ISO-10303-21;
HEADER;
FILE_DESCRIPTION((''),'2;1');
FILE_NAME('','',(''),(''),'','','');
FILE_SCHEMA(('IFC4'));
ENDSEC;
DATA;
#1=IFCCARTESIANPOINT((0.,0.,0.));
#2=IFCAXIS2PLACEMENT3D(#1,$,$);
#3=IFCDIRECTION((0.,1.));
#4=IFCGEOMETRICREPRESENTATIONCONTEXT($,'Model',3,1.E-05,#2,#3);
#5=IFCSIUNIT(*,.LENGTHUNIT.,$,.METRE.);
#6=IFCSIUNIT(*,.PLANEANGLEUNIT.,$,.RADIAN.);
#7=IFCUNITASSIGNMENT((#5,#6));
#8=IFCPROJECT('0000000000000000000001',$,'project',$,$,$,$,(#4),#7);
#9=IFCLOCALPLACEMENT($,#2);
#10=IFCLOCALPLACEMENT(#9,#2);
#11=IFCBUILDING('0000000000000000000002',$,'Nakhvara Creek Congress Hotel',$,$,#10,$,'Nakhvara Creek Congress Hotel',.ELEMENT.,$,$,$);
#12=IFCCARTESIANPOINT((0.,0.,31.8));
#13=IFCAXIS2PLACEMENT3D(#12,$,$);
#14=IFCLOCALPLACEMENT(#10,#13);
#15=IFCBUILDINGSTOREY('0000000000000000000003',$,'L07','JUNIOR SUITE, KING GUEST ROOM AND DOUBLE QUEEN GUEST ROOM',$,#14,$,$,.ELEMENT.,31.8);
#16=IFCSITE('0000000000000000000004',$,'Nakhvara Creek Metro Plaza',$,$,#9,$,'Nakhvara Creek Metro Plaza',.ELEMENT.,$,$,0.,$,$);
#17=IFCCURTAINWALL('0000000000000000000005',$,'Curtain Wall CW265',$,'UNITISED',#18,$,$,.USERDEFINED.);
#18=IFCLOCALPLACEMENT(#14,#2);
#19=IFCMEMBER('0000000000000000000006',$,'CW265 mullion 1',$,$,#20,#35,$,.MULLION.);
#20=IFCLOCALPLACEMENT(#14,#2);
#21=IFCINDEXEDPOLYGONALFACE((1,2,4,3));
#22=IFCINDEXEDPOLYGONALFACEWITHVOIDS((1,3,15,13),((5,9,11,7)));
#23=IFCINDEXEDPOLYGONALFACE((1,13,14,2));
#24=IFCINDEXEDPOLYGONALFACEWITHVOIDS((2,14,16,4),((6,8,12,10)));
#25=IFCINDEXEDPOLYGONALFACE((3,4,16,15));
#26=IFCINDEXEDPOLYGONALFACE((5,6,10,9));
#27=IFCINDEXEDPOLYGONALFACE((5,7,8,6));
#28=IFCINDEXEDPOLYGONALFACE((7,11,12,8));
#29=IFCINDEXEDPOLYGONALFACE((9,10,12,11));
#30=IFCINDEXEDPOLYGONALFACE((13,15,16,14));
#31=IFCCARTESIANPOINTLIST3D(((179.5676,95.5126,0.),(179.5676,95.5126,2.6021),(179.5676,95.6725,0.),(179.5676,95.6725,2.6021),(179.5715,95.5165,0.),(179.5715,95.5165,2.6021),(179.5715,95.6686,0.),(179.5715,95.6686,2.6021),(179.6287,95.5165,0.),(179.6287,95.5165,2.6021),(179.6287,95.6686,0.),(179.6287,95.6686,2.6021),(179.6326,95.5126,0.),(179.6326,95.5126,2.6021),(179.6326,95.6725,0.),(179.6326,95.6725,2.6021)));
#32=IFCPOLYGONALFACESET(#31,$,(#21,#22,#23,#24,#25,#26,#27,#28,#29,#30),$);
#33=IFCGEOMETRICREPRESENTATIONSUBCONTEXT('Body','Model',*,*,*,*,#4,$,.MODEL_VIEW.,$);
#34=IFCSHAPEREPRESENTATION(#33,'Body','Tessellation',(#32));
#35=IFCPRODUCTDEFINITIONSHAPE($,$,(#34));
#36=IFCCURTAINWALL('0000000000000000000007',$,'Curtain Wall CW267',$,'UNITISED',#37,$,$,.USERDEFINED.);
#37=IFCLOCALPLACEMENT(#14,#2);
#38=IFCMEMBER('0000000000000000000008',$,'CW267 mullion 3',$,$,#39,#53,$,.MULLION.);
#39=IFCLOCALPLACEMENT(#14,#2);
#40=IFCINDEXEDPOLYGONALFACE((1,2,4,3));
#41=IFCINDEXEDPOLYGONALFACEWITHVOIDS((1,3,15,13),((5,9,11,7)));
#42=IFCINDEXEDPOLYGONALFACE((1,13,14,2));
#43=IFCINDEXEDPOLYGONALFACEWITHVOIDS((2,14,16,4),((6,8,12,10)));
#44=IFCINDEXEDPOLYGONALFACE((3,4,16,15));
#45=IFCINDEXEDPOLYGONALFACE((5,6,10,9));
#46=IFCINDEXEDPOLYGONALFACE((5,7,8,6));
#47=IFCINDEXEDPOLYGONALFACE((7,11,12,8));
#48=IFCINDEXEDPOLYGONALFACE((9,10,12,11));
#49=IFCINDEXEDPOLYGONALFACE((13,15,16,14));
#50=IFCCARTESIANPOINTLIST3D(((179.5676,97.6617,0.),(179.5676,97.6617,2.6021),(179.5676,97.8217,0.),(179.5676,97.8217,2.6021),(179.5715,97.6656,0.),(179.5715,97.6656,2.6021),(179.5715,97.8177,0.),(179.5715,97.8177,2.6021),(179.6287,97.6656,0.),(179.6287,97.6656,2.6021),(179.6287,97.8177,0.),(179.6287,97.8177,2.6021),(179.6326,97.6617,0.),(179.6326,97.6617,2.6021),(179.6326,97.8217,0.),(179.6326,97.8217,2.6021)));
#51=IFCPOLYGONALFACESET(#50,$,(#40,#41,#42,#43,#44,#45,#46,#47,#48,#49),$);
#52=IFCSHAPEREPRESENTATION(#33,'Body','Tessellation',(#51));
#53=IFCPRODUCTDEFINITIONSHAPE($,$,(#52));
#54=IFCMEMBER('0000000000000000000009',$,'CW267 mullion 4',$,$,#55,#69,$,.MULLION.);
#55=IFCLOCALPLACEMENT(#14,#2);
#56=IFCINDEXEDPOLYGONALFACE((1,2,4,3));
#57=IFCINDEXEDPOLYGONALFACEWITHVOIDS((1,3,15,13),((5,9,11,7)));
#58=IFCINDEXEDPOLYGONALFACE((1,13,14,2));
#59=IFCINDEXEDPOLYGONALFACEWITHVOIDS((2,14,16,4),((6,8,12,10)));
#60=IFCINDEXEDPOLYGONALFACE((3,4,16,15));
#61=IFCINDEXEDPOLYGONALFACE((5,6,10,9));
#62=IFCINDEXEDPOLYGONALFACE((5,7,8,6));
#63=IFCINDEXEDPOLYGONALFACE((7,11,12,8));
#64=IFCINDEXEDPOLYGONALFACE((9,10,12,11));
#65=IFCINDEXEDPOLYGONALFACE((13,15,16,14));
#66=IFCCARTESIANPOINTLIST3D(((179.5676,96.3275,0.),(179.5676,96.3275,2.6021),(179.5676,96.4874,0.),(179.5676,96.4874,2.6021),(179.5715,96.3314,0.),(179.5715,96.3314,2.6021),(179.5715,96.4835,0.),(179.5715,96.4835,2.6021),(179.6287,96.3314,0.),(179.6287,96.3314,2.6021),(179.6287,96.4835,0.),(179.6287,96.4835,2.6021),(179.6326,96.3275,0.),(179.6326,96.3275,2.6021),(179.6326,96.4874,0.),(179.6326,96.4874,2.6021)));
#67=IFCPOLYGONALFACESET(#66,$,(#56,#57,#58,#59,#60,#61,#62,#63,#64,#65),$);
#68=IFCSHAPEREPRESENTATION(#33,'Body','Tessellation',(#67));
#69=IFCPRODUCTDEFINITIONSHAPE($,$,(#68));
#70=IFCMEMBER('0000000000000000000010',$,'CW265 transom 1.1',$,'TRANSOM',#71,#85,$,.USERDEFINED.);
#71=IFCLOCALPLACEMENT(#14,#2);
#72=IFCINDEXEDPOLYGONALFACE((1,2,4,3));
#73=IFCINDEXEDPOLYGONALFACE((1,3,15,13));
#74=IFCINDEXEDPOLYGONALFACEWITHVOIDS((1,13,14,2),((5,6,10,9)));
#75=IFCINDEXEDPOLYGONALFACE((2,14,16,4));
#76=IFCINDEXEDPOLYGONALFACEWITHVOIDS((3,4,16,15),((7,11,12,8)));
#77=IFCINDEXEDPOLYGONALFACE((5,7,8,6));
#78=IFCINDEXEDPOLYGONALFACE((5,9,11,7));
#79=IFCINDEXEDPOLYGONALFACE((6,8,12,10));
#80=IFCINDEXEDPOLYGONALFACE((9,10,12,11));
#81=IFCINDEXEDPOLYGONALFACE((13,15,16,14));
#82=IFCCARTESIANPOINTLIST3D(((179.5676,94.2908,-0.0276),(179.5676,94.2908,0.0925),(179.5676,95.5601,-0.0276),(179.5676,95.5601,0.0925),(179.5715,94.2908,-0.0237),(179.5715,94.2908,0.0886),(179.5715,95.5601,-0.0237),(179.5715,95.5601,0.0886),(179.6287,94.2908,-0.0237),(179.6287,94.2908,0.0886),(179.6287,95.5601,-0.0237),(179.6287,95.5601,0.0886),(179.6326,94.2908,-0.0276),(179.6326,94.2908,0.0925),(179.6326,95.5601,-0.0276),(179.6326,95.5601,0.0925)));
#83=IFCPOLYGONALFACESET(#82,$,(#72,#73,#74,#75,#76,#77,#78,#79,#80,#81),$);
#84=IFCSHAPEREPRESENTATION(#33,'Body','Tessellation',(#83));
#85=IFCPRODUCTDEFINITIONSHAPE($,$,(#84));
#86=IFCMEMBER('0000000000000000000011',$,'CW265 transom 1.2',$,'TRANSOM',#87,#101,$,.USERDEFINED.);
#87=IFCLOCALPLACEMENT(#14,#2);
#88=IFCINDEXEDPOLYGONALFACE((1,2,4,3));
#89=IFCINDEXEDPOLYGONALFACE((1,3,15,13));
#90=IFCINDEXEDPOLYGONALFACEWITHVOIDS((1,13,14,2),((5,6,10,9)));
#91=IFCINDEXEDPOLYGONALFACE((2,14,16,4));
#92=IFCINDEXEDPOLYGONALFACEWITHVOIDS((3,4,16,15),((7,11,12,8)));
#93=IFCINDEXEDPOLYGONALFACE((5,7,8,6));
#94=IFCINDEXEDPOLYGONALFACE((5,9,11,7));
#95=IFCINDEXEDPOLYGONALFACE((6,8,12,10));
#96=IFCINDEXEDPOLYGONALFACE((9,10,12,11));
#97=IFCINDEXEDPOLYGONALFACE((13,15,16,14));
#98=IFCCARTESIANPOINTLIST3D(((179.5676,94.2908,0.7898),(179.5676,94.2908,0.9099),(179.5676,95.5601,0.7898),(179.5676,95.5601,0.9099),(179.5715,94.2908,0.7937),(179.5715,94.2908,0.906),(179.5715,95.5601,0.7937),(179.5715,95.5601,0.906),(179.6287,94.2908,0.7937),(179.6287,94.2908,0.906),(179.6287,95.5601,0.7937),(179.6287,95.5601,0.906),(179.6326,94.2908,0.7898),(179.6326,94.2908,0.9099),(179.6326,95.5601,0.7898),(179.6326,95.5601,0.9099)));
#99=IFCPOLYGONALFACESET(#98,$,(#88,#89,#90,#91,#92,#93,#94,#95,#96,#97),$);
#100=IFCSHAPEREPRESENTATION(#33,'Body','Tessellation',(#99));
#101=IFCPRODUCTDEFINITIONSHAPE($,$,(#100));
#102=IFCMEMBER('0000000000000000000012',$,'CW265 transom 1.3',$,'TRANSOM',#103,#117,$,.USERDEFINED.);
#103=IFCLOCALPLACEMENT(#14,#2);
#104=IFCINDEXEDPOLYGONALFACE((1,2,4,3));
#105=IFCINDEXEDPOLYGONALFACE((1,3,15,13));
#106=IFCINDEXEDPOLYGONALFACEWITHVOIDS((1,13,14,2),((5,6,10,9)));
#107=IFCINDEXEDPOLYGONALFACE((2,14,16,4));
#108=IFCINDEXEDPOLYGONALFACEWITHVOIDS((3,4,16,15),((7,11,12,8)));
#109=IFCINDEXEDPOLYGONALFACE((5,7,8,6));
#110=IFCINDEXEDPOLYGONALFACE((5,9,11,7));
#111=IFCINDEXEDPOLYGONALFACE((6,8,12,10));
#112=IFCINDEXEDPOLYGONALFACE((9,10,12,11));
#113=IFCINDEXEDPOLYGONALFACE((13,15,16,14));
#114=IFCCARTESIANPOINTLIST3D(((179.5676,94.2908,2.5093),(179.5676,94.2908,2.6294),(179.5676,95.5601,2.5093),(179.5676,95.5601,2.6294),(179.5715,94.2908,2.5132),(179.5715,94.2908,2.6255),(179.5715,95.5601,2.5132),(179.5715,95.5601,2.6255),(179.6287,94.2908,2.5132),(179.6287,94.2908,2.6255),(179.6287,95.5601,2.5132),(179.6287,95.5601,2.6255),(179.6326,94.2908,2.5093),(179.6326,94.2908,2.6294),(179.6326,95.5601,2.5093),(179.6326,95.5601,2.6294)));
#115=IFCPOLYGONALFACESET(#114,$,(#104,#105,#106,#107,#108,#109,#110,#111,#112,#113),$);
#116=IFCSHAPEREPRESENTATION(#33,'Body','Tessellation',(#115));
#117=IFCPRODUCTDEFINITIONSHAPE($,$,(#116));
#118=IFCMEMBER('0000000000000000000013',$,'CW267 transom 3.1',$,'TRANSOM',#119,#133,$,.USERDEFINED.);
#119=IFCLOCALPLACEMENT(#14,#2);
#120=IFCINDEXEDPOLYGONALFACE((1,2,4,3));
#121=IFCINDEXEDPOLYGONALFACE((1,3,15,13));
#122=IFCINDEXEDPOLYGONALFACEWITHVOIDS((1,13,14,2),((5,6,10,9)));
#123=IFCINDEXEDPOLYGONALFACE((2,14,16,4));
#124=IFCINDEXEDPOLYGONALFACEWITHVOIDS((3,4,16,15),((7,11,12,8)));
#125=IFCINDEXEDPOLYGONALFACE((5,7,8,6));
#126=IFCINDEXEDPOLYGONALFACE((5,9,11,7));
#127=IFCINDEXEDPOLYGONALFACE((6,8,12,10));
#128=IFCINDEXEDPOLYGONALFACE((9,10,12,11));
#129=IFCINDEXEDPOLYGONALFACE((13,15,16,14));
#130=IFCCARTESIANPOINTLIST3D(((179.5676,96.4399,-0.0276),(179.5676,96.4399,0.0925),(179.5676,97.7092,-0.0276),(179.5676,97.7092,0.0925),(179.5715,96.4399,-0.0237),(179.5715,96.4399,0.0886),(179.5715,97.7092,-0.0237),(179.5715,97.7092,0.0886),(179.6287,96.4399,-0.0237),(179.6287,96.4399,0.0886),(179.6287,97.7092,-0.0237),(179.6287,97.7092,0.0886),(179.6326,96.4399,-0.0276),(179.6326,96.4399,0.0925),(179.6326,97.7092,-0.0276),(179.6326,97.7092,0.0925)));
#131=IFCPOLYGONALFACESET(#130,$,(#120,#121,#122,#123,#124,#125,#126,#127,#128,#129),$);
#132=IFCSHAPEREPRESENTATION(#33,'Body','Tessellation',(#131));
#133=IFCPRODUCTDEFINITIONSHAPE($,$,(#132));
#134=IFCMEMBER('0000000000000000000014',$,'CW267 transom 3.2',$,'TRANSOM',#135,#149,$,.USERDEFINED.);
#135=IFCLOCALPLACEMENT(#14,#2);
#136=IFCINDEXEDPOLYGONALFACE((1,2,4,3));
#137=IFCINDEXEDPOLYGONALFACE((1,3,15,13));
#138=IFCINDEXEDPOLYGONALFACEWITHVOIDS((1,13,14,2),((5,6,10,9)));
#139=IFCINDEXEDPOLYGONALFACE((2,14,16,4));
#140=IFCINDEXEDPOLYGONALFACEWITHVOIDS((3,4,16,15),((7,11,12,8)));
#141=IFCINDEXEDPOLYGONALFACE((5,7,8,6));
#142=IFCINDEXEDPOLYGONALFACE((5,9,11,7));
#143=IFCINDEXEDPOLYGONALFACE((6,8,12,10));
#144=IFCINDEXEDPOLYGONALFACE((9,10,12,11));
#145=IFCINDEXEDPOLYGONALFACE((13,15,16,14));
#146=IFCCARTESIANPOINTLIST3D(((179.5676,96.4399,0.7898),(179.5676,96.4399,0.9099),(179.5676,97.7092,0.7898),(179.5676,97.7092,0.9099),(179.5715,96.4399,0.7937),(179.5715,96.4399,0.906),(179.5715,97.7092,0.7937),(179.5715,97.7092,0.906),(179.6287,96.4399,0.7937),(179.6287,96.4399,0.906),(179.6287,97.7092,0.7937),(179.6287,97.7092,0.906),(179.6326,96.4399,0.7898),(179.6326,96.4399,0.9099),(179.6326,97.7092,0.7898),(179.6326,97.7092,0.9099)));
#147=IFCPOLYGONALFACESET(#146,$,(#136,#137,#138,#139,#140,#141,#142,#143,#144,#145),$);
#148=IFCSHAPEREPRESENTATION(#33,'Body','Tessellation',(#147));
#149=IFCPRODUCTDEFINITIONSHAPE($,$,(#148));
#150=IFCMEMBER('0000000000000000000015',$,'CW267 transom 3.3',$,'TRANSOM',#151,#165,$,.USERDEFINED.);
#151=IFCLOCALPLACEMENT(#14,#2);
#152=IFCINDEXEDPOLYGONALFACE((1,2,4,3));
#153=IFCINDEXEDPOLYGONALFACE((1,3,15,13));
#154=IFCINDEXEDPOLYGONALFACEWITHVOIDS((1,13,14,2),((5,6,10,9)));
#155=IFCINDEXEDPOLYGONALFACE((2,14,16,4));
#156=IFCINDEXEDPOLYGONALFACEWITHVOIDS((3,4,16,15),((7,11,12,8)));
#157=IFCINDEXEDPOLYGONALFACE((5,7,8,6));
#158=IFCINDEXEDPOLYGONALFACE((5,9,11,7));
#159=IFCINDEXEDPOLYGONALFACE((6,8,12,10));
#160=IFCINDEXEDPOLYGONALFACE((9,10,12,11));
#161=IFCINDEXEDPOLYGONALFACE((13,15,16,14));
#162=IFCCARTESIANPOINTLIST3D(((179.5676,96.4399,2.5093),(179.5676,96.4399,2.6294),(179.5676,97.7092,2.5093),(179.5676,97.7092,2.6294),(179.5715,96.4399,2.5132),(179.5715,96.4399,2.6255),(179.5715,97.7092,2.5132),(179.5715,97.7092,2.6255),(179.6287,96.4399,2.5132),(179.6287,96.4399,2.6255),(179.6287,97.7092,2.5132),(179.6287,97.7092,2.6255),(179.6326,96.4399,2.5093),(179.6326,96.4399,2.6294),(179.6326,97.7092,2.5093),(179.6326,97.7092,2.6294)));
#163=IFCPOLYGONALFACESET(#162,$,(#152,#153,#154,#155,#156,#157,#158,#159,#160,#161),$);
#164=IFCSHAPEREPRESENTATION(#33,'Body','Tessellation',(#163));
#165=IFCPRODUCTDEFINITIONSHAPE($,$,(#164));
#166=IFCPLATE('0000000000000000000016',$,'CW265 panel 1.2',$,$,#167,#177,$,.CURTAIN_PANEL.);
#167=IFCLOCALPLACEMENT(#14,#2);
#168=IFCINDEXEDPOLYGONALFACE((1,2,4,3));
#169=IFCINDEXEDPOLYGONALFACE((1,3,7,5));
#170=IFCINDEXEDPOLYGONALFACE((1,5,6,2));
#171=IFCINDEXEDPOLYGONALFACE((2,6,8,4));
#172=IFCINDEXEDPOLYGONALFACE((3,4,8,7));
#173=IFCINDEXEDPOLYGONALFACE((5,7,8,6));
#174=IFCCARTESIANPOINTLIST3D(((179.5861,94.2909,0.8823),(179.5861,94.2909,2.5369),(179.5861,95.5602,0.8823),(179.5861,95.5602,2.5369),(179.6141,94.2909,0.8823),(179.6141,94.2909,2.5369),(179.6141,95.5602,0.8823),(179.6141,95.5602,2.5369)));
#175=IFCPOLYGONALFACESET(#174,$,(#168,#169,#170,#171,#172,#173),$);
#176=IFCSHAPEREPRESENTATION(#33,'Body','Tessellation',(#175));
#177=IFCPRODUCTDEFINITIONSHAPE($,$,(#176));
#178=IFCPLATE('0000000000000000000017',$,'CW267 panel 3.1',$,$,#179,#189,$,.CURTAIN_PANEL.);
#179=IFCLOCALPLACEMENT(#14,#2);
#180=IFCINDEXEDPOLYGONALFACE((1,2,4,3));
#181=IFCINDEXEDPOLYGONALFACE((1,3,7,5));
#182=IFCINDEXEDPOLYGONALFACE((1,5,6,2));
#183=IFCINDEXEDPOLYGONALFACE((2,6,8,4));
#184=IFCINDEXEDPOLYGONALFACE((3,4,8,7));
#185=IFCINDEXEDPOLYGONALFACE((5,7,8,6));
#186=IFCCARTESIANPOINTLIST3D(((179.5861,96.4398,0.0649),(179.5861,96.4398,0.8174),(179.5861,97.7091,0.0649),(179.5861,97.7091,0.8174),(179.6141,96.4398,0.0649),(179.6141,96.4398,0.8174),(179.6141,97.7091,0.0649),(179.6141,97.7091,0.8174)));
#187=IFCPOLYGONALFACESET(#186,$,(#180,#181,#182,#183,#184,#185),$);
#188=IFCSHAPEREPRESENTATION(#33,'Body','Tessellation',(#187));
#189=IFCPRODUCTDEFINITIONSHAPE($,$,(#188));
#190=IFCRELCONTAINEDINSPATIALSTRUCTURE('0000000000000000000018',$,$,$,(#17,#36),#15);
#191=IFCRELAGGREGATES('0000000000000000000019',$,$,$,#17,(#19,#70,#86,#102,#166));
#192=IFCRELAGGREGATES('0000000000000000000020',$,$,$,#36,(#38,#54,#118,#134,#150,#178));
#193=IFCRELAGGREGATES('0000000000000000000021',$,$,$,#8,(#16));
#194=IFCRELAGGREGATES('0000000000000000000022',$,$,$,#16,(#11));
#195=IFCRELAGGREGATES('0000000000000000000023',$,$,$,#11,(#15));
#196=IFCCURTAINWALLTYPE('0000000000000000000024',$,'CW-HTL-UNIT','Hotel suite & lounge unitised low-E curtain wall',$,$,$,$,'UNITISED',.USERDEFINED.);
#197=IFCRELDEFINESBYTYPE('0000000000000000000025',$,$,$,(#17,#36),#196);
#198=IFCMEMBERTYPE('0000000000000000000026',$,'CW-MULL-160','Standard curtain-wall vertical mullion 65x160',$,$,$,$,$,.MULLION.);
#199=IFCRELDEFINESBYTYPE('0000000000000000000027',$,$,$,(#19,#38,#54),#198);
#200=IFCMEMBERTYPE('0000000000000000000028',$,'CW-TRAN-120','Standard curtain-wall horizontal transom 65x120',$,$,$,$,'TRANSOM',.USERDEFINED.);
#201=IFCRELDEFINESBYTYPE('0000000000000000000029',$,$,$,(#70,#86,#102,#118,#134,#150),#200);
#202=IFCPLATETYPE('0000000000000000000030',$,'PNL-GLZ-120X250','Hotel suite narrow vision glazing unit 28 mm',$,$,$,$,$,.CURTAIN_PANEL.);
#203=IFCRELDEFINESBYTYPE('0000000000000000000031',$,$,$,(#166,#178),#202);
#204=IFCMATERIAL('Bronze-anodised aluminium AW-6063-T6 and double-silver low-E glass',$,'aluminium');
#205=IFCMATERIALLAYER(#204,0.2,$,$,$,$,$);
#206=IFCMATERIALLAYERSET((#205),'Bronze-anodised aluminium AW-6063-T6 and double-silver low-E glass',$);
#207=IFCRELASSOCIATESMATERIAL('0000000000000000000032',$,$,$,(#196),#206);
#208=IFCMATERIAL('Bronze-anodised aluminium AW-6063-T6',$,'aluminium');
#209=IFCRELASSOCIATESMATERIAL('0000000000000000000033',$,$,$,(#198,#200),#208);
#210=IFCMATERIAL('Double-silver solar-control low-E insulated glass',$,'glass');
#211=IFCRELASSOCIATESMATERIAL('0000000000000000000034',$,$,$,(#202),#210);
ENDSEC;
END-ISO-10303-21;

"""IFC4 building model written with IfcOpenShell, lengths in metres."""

from ifc_helpers import new_model, si_unit, direction, frame, origin, origin_2d, place, context, subcontext, project, spatial, rectangle, hollow_rectangle, extrude, material, layer, layer_set, material_profile, profile_set, type_object, element, aggregate, save


model = new_model("IFC4")

# Units and contexts
model_context = context("Model", 3, precision=1e-05, world=origin(), true_north=direction((0.0, 1.0)))
body_context = subcontext(model_context, "Body", "Model", "MODEL_VIEW")
ifc_project = project(units=[si_unit("LENGTHUNIT", "METRE"), si_unit("PLANEANGLEUNIT", "RADIAN")], contexts=[model_context])

# Site, building, storey
site_placement = place(None, origin())
site = spatial("IfcSite", under=ifc_project, at=site_placement, Name="Nakhvara Creek Metro Plaza", LongName="Nakhvara Creek Metro Plaza", CompositionType="ELEMENT", RefElevation=0.0)
building_placement = place(site_placement, origin())
building = spatial("IfcBuilding", under=site, at=building_placement, Name="Nakhvara Creek Congress Hotel", LongName="Nakhvara Creek Congress Hotel", CompositionType="ELEMENT")
storey_placement = place(building_placement, frame((0.0, 0.0, 31.8)))
storey = spatial("IfcBuildingStorey", under=building, at=storey_placement, Name="L07", Description="JUNIOR SUITE, KING GUEST ROOM AND DOUBLE QUEEN GUEST ROOM", CompositionType="ELEMENT", Elevation=31.8)

# Curtain wall, member
ifc_material_1 = material(Name="Bronze-anodised aluminium AW-6063-T6 and double-silver low-E glass", Category="aluminium")
ifc_layer_1 = layer(ifc_material_1, 0.2)
ifc_layer_set_1 = layer_set([ifc_layer_1], Name="Bronze-anodised aluminium AW-6063-T6 and double-silver low-E glass")
curtain_wall_type = type_object("IfcCurtainWallType", Name="CW-HTL-UNIT", Description="Hotel suite & lounge unitised low-E curtain wall", ElementType="UNITISED", PredefinedType="USERDEFINED", material=ifc_layer_set_1)
curtain_wall_1_placement = place(storey_placement, origin())
curtain_wall_1 = element("IfcCurtainWall", 1, at=curtain_wall_1_placement, inside=storey, type_object=curtain_wall_type, Name="Curtain Wall CW265", ObjectType="UNITISED", PredefinedType="USERDEFINED")
ifc_material_2 = material(Name="Bronze-anodised aluminium AW-6063-T6", Category="aluminium")
ifc_material_profile_1 = material_profile(ifc_material_2, hollow_rectangle(XDim=0.0649, YDim=0.1599, WallThickness=0.0039, at=origin_2d()), Name="ALU-MULL 65x160x4", Category="LoadBearing")
ifc_profile_set_1 = profile_set([ifc_material_profile_1], Name="Bronze-anodised aluminium AW-6063-T6")
member_type_1 = type_object("IfcMemberType", Name="CW-MULL-160", Description="Standard curtain-wall vertical mullion 65x160", PredefinedType="MULLION", material=ifc_profile_set_1)
member_1_placement = place(storey_placement, frame((179.6001, 95.5925, 0.0), z_axis=(0.0, 0.0, 1.0), x_axis=(1.0, 0.0, 0.0)))
member_1 = element("IfcMember", 2, at=member_1_placement, type_object=member_type_1, Name="CW265 mullion 1", PredefinedType="MULLION", context=body_context, shape_type="SweptSolid", body=[
    extrude(hollow_rectangle(XDim=0.0649, YDim=0.1599, WallThickness=0.0039, at=origin_2d()), origin(), (0.0, 0.0, 1.0), 2.6021),
])

# Curtain wall, members
curtain_wall_2_placement = place(storey_placement, origin())
curtain_wall_2 = element("IfcCurtainWall", 3, at=curtain_wall_2_placement, inside=storey, type_object=curtain_wall_type, Name="Curtain Wall CW267", ObjectType="UNITISED", PredefinedType="USERDEFINED")
member_2_placement = place(storey_placement, frame((179.6001, 97.7417, 0.0), z_axis=(0.0, 0.0, 1.0), x_axis=(1.0, 0.0, 0.0)))
member_2 = element("IfcMember", 4, at=member_2_placement, type_object=member_type_1, Name="CW267 mullion 3", PredefinedType="MULLION", context=body_context, shape_type="SweptSolid", body=[
    extrude(hollow_rectangle(XDim=0.0649, YDim=0.1599, WallThickness=0.0039, at=origin_2d()), origin(), (0.0, 0.0, 1.0), 2.6021),
])
member_3_placement = place(storey_placement, frame((179.6001, 96.4075, 0.0), z_axis=(0.0, 0.0, 1.0), x_axis=(1.0, 0.0, 0.0)))
member_3 = element("IfcMember", 5, at=member_3_placement, type_object=member_type_1, Name="CW267 mullion 4", PredefinedType="MULLION", context=body_context, shape_type="SweptSolid", body=[
    extrude(hollow_rectangle(XDim=0.0649, YDim=0.1599, WallThickness=0.0039, at=origin_2d()), origin(), (0.0, 0.0, 1.0), 2.6021),
])

# Members
ifc_material_profile_2 = material_profile(ifc_material_2, hollow_rectangle(XDim=0.0649, YDim=0.1201, WallThickness=0.0039, at=origin_2d()), Name="ALU-TRAN 65x120x4", Category="LoadBearing")
ifc_profile_set_2 = profile_set([ifc_material_profile_2], Name="Bronze-anodised aluminium AW-6063-T6")
member_type_2 = type_object("IfcMemberType", Name="CW-TRAN-120", Description="Standard curtain-wall horizontal transom 65x120", ElementType="TRANSOM", PredefinedType="USERDEFINED", material=ifc_profile_set_2)
member_4_placement = place(storey_placement, frame((179.6001, 95.5601, 0.0325), z_axis=(0.0, -1.0, 0.0), x_axis=(1.0, 0.0, 0.0)))
member_4 = element("IfcMember", 6, at=member_4_placement, type_object=member_type_2, Name="CW265 transom 1.1", ObjectType="TRANSOM", PredefinedType="USERDEFINED", context=body_context, shape_type="SweptSolid", body=[
    extrude(hollow_rectangle(XDim=0.0649, YDim=0.1201, WallThickness=0.0039, at=origin_2d()), origin(), (0.0, 0.0, 1.0), 1.2693),
])
member_5_placement = place(storey_placement, frame((179.6001, 95.5601, 0.8499), z_axis=(0.0, -1.0, 0.0), x_axis=(1.0, 0.0, 0.0)))
member_5 = element("IfcMember", 7, at=member_5_placement, type_object=member_type_2, Name="CW265 transom 1.2", ObjectType="TRANSOM", PredefinedType="USERDEFINED", context=body_context, shape_type="SweptSolid", body=[
    extrude(hollow_rectangle(XDim=0.0649, YDim=0.1201, WallThickness=0.0039, at=origin_2d()), origin(), (0.0, 0.0, 1.0), 1.2693),
])
member_6_placement = place(storey_placement, frame((179.6001, 95.5601, 2.5693), z_axis=(0.0, -1.0, 0.0), x_axis=(1.0, 0.0, 0.0)))
member_6 = element("IfcMember", 8, at=member_6_placement, type_object=member_type_2, Name="CW265 transom 1.3", ObjectType="TRANSOM", PredefinedType="USERDEFINED", context=body_context, shape_type="SweptSolid", body=[
    extrude(hollow_rectangle(XDim=0.0649, YDim=0.1201, WallThickness=0.0039, at=origin_2d()), origin(), (0.0, 0.0, 1.0), 1.2693),
])
member_7_placement = place(storey_placement, frame((179.6001, 97.7092, 0.0325), z_axis=(0.0, -1.0, 0.0), x_axis=(1.0, 0.0, 0.0)))
member_7 = element("IfcMember", 9, at=member_7_placement, type_object=member_type_2, Name="CW267 transom 3.1", ObjectType="TRANSOM", PredefinedType="USERDEFINED", context=body_context, shape_type="SweptSolid", body=[
    extrude(hollow_rectangle(XDim=0.0649, YDim=0.1201, WallThickness=0.0039, at=origin_2d()), origin(), (0.0, 0.0, 1.0), 1.2693),
])
member_8_placement = place(storey_placement, frame((179.6001, 97.7092, 0.8499), z_axis=(0.0, -1.0, 0.0), x_axis=(1.0, 0.0, 0.0)))
member_8 = element("IfcMember", 10, at=member_8_placement, type_object=member_type_2, Name="CW267 transom 3.2", ObjectType="TRANSOM", PredefinedType="USERDEFINED", context=body_context, shape_type="SweptSolid", body=[
    extrude(hollow_rectangle(XDim=0.0649, YDim=0.1201, WallThickness=0.0039, at=origin_2d()), origin(), (0.0, 0.0, 1.0), 1.2693),
])
member_9_placement = place(storey_placement, frame((179.6001, 97.7092, 2.5693), z_axis=(0.0, -1.0, 0.0), x_axis=(1.0, 0.0, 0.0)))
member_9 = element("IfcMember", 11, at=member_9_placement, type_object=member_type_2, Name="CW267 transom 3.3", ObjectType="TRANSOM", PredefinedType="USERDEFINED", context=body_context, shape_type="SweptSolid", body=[
    extrude(hollow_rectangle(XDim=0.0649, YDim=0.1201, WallThickness=0.0039, at=origin_2d()), origin(), (0.0, 0.0, 1.0), 1.2693),
])

# Plates
ifc_material_3 = material(Name="Double-silver solar-control low-E insulated glass", Category="glass")
plate_type = type_object("IfcPlateType", Name="PNL-GLZ-120X250", Description="Hotel suite narrow vision glazing unit 28 mm", PredefinedType="CURTAIN_PANEL", material=ifc_material_3)
plate_1_placement = place(storey_placement, frame((179.6001, 94.9255, 0.8823), z_axis=(0.0, 0.0, 1.0), x_axis=(0.0, -1.0, 0.0)))
plate_1 = element("IfcPlate", 12, at=plate_1_placement, type_object=plate_type, Name="CW265 panel 1.2", PredefinedType="CURTAIN_PANEL", context=body_context, shape_type="SweptSolid", body=[
    extrude(rectangle(XDim=1.2693, YDim=0.0281, at=origin_2d()), origin(), (0.0, 0.0, 1.0), 1.6545),
])
aggregate(curtain_wall_1, [member_1, member_4, member_5, member_6, plate_1])
plate_2_placement = place(storey_placement, frame((179.6001, 97.0745, 0.0649), z_axis=(0.0, 0.0, 1.0), x_axis=(0.0, -1.0, 0.0)))
plate_2 = element("IfcPlate", 13, at=plate_2_placement, type_object=plate_type, Name="CW267 panel 3.1", PredefinedType="CURTAIN_PANEL", context=body_context, shape_type="SweptSolid", body=[
    extrude(rectangle(XDim=1.2693, YDim=0.0281, at=origin_2d()), origin(), (0.0, 0.0, 1.0), 0.7524),
])
aggregate(curtain_wall_2, [member_2, member_3, member_7, member_8, member_9, plate_2])

save(model, "model.ifc")
